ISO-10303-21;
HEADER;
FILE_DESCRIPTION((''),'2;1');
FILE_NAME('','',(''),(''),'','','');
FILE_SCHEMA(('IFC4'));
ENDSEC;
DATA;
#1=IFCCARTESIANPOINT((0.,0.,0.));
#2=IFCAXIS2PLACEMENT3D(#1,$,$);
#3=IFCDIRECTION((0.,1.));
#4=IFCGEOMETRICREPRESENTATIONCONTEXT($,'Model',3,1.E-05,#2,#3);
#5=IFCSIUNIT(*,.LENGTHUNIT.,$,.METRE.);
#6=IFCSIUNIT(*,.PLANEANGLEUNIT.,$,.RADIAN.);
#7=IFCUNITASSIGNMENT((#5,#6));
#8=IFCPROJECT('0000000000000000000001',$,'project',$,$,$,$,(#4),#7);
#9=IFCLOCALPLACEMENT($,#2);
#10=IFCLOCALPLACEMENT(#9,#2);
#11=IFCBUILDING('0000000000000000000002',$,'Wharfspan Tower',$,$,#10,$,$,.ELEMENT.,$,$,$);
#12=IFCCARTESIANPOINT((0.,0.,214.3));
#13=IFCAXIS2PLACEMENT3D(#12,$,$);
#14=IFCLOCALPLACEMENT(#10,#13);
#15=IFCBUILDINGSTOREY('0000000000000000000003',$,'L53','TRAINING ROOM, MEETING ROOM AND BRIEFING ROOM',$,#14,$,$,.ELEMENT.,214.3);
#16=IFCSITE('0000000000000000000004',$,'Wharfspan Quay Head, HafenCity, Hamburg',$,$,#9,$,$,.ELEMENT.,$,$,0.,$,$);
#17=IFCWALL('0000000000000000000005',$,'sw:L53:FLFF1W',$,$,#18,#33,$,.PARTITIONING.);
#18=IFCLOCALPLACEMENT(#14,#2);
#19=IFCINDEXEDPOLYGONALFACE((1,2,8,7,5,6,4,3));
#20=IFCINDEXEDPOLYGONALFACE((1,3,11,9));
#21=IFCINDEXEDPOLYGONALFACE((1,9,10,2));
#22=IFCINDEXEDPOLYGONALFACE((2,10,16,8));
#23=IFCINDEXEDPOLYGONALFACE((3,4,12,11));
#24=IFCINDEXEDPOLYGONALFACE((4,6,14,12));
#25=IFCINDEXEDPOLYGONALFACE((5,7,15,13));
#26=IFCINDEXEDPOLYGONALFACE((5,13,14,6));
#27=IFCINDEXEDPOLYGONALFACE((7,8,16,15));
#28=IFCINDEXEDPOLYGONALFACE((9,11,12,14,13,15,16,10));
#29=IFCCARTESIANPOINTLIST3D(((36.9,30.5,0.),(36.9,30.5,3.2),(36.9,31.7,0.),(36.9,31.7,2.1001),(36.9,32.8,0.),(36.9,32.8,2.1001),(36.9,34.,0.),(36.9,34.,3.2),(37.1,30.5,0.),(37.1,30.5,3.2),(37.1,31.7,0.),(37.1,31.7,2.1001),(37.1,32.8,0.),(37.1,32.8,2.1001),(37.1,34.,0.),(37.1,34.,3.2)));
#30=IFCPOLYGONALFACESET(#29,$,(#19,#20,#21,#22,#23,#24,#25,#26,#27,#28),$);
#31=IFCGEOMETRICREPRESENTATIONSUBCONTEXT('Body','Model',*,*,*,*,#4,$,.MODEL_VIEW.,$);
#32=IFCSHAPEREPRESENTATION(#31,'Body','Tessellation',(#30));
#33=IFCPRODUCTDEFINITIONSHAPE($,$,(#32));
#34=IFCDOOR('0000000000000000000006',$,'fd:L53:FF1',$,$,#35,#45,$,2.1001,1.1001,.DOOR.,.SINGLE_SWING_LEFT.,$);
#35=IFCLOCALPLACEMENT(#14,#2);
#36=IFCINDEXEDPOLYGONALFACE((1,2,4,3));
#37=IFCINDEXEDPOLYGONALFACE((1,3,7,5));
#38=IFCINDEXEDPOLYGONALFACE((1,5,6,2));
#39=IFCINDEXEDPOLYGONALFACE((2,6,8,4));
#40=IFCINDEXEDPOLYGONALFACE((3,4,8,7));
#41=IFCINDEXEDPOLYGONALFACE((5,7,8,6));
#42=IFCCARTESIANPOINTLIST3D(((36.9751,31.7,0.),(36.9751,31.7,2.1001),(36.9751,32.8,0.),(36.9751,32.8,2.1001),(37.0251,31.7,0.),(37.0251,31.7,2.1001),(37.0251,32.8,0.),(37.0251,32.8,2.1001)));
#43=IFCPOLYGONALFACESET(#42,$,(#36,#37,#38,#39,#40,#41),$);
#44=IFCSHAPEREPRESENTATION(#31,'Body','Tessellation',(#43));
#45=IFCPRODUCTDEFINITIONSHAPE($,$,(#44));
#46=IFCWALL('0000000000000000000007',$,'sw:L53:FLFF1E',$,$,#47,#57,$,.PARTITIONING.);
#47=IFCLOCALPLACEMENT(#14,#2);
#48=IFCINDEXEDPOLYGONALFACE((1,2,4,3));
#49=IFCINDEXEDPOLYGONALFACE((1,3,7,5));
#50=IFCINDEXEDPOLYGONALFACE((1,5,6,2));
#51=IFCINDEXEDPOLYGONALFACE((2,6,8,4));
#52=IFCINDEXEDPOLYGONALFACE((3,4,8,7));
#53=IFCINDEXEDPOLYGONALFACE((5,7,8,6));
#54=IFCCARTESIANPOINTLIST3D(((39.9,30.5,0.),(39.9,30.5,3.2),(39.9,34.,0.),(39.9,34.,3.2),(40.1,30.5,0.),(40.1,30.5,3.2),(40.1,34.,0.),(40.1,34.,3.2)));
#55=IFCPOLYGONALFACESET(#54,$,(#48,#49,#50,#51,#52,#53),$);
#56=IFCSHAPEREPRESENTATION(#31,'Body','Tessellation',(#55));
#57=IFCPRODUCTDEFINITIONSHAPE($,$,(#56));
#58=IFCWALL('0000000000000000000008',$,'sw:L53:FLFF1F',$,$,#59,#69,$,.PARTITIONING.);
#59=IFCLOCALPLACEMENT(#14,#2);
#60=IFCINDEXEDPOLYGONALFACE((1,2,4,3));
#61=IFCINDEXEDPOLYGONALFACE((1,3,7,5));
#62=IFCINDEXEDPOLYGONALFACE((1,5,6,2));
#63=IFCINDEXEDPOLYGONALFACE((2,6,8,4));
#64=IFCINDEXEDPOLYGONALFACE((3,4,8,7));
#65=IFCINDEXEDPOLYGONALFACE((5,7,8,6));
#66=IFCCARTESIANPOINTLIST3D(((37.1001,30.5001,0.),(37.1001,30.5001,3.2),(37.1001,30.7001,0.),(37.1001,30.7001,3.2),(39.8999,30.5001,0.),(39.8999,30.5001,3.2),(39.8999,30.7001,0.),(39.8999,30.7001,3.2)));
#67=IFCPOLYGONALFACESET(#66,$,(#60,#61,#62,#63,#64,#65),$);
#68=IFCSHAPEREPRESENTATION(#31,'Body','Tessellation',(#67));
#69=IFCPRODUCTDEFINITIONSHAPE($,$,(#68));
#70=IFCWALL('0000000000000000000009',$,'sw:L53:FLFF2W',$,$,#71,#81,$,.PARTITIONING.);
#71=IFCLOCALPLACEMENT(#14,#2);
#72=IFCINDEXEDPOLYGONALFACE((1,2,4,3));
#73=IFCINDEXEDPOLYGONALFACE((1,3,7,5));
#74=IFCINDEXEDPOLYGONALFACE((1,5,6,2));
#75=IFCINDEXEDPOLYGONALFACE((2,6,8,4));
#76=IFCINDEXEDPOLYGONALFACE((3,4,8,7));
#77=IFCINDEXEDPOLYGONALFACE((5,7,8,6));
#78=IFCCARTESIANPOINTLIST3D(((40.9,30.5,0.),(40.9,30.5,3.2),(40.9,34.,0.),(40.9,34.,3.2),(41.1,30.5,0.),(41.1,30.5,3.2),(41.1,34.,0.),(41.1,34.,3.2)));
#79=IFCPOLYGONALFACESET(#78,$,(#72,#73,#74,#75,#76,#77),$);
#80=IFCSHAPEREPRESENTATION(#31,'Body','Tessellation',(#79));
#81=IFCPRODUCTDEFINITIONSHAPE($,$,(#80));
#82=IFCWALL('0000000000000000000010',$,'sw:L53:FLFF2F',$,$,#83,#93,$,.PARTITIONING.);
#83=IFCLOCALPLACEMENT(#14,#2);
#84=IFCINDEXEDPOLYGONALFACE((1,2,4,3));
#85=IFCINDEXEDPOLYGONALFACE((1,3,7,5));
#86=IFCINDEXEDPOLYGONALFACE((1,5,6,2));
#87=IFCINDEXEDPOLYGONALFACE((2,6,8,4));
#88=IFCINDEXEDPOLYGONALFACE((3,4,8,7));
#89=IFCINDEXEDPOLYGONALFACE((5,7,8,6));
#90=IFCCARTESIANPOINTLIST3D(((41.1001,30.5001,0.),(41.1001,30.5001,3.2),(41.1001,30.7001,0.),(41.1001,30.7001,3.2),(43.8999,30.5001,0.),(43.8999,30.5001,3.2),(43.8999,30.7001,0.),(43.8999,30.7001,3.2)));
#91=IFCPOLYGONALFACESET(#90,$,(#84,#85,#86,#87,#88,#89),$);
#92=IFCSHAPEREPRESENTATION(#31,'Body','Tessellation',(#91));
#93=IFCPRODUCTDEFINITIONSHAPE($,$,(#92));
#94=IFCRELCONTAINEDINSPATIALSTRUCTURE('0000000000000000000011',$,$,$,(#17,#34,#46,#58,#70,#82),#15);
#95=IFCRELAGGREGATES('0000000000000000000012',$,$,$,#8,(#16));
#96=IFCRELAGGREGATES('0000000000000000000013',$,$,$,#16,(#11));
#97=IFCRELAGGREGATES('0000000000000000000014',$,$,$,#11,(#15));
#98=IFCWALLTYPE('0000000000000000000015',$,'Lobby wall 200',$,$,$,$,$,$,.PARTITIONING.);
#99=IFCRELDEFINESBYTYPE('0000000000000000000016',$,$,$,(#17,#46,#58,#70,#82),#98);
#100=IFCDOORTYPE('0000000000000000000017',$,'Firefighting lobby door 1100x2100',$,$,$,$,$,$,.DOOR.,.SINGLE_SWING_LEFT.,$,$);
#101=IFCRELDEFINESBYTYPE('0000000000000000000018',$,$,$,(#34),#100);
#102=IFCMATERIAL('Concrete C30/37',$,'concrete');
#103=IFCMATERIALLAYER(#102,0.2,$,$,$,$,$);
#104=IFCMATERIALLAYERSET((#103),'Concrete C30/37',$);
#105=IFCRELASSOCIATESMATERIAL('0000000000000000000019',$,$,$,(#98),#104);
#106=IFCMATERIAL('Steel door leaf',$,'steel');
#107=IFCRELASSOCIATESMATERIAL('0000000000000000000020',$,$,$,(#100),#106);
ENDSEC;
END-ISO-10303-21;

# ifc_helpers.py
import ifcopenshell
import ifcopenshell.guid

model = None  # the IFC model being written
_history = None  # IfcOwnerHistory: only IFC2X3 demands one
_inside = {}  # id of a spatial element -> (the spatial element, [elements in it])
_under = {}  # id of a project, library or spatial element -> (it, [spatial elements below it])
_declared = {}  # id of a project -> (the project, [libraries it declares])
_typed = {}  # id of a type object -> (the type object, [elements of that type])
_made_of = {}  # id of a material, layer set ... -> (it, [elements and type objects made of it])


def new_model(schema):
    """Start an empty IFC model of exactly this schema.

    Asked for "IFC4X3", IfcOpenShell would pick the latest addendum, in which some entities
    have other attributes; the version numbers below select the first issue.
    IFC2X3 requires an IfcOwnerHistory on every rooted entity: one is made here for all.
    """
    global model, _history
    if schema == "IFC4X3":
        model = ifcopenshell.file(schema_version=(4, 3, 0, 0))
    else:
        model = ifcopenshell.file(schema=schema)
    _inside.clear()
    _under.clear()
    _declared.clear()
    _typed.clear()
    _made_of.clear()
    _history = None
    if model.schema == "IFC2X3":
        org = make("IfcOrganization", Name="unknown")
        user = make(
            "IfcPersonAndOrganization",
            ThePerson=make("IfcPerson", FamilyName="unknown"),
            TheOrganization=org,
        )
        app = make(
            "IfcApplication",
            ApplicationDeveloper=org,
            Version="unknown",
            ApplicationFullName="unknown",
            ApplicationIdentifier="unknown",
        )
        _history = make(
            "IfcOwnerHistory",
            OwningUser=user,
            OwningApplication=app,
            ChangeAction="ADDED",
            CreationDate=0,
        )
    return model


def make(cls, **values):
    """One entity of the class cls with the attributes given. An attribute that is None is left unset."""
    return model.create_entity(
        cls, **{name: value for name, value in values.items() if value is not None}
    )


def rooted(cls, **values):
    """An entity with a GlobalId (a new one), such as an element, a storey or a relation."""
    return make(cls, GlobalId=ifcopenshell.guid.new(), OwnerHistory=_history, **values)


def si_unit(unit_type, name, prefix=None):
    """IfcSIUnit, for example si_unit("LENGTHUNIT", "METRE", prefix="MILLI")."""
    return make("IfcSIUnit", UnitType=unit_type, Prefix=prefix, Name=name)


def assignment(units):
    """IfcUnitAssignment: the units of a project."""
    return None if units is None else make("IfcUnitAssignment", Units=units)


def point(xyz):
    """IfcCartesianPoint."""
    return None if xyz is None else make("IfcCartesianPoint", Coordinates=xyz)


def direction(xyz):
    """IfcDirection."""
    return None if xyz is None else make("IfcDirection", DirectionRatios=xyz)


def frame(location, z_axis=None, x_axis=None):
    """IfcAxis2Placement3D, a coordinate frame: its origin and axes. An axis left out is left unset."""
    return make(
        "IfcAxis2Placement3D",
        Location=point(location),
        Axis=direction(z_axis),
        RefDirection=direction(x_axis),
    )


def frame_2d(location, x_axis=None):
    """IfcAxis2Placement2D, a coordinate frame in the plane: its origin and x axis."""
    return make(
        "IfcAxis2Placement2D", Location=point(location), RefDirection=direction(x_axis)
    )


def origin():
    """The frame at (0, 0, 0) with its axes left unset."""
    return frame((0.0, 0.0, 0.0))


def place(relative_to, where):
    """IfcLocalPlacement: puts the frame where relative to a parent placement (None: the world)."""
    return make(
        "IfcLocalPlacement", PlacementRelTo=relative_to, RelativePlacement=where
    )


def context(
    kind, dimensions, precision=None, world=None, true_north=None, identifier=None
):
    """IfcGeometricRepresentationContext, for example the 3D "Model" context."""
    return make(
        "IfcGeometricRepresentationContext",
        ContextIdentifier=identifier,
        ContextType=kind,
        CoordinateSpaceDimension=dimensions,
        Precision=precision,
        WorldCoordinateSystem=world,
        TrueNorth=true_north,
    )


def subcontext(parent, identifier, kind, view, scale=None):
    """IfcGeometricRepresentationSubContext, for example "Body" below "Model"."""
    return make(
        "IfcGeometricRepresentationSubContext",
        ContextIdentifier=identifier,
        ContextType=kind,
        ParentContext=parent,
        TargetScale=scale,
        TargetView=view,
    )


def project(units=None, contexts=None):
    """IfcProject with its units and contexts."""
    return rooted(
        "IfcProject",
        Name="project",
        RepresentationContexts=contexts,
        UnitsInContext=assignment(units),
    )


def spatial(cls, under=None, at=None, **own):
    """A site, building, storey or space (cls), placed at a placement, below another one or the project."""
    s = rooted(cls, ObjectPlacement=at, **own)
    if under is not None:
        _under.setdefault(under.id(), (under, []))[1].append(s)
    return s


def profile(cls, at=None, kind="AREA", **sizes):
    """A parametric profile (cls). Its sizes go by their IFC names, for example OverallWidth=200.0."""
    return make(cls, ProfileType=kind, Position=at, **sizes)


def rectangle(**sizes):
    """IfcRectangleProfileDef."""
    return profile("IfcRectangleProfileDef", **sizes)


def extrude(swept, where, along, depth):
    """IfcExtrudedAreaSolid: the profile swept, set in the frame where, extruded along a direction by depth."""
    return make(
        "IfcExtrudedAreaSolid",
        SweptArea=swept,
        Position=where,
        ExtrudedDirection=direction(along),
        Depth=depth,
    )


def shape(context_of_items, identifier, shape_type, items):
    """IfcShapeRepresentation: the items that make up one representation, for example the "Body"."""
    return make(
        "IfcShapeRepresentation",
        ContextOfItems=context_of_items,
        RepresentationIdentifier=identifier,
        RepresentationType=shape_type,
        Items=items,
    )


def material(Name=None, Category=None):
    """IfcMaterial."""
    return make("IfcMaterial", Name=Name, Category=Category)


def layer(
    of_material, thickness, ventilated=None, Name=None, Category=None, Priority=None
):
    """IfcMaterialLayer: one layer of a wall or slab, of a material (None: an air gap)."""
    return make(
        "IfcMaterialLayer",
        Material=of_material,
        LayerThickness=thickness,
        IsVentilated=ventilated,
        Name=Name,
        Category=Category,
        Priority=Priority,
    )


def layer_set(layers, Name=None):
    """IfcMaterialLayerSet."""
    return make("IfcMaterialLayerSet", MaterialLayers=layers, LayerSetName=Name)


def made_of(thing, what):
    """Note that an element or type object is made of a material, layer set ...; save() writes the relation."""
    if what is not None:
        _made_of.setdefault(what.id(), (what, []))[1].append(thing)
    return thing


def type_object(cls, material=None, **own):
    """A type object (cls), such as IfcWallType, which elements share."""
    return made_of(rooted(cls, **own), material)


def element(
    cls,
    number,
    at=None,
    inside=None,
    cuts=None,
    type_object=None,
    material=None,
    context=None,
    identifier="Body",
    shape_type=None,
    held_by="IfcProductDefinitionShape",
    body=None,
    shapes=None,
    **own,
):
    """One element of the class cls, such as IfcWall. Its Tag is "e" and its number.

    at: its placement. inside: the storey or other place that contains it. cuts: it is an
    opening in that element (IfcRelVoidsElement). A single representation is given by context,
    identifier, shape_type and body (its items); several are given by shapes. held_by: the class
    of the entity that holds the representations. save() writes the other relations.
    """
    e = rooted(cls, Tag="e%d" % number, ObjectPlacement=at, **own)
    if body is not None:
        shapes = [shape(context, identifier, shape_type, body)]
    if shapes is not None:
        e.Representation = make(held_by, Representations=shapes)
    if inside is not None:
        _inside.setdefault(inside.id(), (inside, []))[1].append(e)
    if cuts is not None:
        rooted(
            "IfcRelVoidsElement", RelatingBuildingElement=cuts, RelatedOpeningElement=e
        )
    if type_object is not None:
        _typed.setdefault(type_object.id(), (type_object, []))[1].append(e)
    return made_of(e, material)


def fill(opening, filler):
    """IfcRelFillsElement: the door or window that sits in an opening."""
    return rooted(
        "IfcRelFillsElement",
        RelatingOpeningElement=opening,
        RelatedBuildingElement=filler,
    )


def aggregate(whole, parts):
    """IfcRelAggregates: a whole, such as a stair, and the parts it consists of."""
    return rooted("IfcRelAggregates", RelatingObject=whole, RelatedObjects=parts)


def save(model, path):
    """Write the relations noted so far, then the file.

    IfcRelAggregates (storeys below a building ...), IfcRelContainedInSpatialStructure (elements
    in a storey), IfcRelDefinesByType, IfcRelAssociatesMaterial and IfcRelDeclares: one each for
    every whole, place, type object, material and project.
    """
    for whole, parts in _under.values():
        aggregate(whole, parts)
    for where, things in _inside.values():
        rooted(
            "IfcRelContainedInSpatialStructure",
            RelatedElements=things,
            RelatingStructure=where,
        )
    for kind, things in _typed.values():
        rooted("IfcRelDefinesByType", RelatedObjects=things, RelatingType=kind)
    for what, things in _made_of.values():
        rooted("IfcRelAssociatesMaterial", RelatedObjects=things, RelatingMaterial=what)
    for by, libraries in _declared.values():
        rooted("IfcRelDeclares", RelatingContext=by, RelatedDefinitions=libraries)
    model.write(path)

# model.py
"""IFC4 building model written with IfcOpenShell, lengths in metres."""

from ifc_helpers import new_model, si_unit, direction, frame, frame_2d, origin, place, context, subcontext, project, spatial, rectangle, extrude, material, layer, layer_set, type_object, element, fill, save


model = new_model("IFC4")

# Units and contexts
model_context = context("Model", 3, precision=1e-05, world=origin(), true_north=direction((0.0, 1.0)))
body_context = subcontext(model_context, "Body", "Model", "MODEL_VIEW")
ifc_project = project(units=[si_unit("LENGTHUNIT", "METRE"), si_unit("PLANEANGLEUNIT", "RADIAN")], contexts=[model_context])

# Site, building, storey
site_placement = place(None, origin())
site = spatial("IfcSite", under=ifc_project, at=site_placement, Name="Wharfspan Quay Head, HafenCity, Hamburg", CompositionType="ELEMENT", RefElevation=0.0)
building_placement = place(site_placement, origin())
building = spatial("IfcBuilding", under=site, at=building_placement, Name="Wharfspan Tower", CompositionType="ELEMENT")
storey_placement = place(building_placement, frame((0.0, 0.0, 214.3)))
storey = spatial("IfcBuildingStorey", under=building, at=storey_placement, Name="L53", Description="TRAINING ROOM, MEETING ROOM AND BRIEFING ROOM", CompositionType="ELEMENT", Elevation=214.3)

# Shared definitions
ifc_material_1 = material(Name="Steel door leaf", Category="steel")

# Wall, opening, door
ifc_material_2 = material(Name="Concrete C30/37", Category="concrete")
ifc_layer_1 = layer(ifc_material_2, 0.2)
ifc_layer_set_1 = layer_set([ifc_layer_1], Name="Concrete C30/37")
wall_type_1 = type_object("IfcWallType", Name="Lobby wall 200", PredefinedType="PARTITIONING", material=ifc_layer_set_1)
wall_1_placement = place(storey_placement, frame((37.0, 30.5, 0.0), z_axis=(0.0, 0.0, 1.0), x_axis=(0.0, 1.0, 0.0)))
wall_1 = element("IfcWall", 1, at=wall_1_placement, inside=storey, type_object=wall_type_1, Name="sw:L53:FLFF1W", PredefinedType="PARTITIONING", context=body_context, shape_type="SweptSolid", body=[
    extrude(rectangle(XDim=3.5, YDim=0.2, at=frame_2d((1.75, 0.0))), origin(), (0.0, 0.0, 1.0), 3.2),
])
opening_1_placement = place(wall_1_placement, frame((1.2, 0.0, 0.0)))
opening_1 = element("IfcOpeningElement", 2, at=opening_1_placement, cuts=wall_1, PredefinedType="OPENING", context=body_context, shape_type="SweptSolid", body=[
    extrude(rectangle(XDim=1.1001, YDim=2.1001, at=frame_2d((0.55, 1.05))), frame((0.0, 0.1099, 0.0), z_axis=(0.0, -1.0, 0.0), x_axis=(1.0, 0.0, 0.0)), (0.0, 0.0, 1.0), 0.22),
])
door_type_1 = type_object("IfcDoorType", Name="Firefighting lobby door 1100x2100", OperationType="SINGLE_SWING_LEFT", PredefinedType="DOOR", material=ifc_material_1)
door_1_placement = place(opening_1_placement, origin())
door_1 = element("IfcDoor", 3, at=door_1_placement, inside=storey, type_object=door_type_1, Name="fd:L53:FF1", OperationType="SINGLE_SWING_LEFT", OverallHeight=2.1001, OverallWidth=1.1001, PredefinedType="DOOR", context=body_context, shape_type="SweptSolid", body=[
    extrude(rectangle(XDim=1.1001, YDim=2.1001, at=frame_2d((0.55, 1.05))), frame((0.0, 0.0249, 0.0), z_axis=(0.0, -1.0, 0.0), x_axis=(1.0, 0.0, 0.0)), (0.0, 0.0, 1.0), 0.05),
])
fill(opening_1, door_1)

# Walls
wall_2_placement = place(storey_placement, frame((40.0, 30.5, 0.0), z_axis=(0.0, 0.0, 1.0), x_axis=(0.0, 1.0, 0.0)))
element("IfcWall", 4, at=wall_2_placement, inside=storey, type_object=wall_type_1, Name="sw:L53:FLFF1E", PredefinedType="PARTITIONING", context=body_context, shape_type="SweptSolid", body=[
    extrude(rectangle(XDim=3.5, YDim=0.2, at=frame_2d((1.75, 0.0))), origin(), (0.0, 0.0, 1.0), 3.2),
])
wall_3_placement = place(storey_placement, frame((37.1001, 30.6001, 0.0), z_axis=(0.0, 0.0, 1.0), x_axis=(1.0, 0.0, 0.0)))
element("IfcWall", 5, at=wall_3_placement, inside=storey, type_object=wall_type_1, Name="sw:L53:FLFF1F", PredefinedType="PARTITIONING", context=body_context, shape_type="SweptSolid", body=[
    extrude(rectangle(XDim=2.7998, YDim=0.2, at=frame_2d((1.3999, 0.0))), origin(), (0.0, 0.0, 1.0), 3.2),
])
wall_4_placement = place(storey_placement, frame((41.0, 30.5, 0.0), z_axis=(0.0, 0.0, 1.0), x_axis=(0.0, 1.0, 0.0)))
element("IfcWall", 6, at=wall_4_placement, inside=storey, type_object=wall_type_1, Name="sw:L53:FLFF2W", PredefinedType="PARTITIONING", context=body_context, shape_type="SweptSolid", body=[
    extrude(rectangle(XDim=3.5, YDim=0.2, at=frame_2d((1.75, 0.0))), origin(), (0.0, 0.0, 1.0), 3.2),
])
wall_5_placement = place(storey_placement, frame((41.1001, 30.6001, 0.0), z_axis=(0.0, 0.0, 1.0), x_axis=(1.0, 0.0, 0.0)))
element("IfcWall", 7, at=wall_5_placement, inside=storey, type_object=wall_type_1, Name="sw:L53:FLFF2F", PredefinedType="PARTITIONING", context=body_context, shape_type="SweptSolid", body=[
    extrude(rectangle(XDim=2.7998, YDim=0.2, at=frame_2d((1.3999, 0.0))), origin(), (0.0, 0.0, 1.0), 3.2),
])

save(model, "model.ifc")
